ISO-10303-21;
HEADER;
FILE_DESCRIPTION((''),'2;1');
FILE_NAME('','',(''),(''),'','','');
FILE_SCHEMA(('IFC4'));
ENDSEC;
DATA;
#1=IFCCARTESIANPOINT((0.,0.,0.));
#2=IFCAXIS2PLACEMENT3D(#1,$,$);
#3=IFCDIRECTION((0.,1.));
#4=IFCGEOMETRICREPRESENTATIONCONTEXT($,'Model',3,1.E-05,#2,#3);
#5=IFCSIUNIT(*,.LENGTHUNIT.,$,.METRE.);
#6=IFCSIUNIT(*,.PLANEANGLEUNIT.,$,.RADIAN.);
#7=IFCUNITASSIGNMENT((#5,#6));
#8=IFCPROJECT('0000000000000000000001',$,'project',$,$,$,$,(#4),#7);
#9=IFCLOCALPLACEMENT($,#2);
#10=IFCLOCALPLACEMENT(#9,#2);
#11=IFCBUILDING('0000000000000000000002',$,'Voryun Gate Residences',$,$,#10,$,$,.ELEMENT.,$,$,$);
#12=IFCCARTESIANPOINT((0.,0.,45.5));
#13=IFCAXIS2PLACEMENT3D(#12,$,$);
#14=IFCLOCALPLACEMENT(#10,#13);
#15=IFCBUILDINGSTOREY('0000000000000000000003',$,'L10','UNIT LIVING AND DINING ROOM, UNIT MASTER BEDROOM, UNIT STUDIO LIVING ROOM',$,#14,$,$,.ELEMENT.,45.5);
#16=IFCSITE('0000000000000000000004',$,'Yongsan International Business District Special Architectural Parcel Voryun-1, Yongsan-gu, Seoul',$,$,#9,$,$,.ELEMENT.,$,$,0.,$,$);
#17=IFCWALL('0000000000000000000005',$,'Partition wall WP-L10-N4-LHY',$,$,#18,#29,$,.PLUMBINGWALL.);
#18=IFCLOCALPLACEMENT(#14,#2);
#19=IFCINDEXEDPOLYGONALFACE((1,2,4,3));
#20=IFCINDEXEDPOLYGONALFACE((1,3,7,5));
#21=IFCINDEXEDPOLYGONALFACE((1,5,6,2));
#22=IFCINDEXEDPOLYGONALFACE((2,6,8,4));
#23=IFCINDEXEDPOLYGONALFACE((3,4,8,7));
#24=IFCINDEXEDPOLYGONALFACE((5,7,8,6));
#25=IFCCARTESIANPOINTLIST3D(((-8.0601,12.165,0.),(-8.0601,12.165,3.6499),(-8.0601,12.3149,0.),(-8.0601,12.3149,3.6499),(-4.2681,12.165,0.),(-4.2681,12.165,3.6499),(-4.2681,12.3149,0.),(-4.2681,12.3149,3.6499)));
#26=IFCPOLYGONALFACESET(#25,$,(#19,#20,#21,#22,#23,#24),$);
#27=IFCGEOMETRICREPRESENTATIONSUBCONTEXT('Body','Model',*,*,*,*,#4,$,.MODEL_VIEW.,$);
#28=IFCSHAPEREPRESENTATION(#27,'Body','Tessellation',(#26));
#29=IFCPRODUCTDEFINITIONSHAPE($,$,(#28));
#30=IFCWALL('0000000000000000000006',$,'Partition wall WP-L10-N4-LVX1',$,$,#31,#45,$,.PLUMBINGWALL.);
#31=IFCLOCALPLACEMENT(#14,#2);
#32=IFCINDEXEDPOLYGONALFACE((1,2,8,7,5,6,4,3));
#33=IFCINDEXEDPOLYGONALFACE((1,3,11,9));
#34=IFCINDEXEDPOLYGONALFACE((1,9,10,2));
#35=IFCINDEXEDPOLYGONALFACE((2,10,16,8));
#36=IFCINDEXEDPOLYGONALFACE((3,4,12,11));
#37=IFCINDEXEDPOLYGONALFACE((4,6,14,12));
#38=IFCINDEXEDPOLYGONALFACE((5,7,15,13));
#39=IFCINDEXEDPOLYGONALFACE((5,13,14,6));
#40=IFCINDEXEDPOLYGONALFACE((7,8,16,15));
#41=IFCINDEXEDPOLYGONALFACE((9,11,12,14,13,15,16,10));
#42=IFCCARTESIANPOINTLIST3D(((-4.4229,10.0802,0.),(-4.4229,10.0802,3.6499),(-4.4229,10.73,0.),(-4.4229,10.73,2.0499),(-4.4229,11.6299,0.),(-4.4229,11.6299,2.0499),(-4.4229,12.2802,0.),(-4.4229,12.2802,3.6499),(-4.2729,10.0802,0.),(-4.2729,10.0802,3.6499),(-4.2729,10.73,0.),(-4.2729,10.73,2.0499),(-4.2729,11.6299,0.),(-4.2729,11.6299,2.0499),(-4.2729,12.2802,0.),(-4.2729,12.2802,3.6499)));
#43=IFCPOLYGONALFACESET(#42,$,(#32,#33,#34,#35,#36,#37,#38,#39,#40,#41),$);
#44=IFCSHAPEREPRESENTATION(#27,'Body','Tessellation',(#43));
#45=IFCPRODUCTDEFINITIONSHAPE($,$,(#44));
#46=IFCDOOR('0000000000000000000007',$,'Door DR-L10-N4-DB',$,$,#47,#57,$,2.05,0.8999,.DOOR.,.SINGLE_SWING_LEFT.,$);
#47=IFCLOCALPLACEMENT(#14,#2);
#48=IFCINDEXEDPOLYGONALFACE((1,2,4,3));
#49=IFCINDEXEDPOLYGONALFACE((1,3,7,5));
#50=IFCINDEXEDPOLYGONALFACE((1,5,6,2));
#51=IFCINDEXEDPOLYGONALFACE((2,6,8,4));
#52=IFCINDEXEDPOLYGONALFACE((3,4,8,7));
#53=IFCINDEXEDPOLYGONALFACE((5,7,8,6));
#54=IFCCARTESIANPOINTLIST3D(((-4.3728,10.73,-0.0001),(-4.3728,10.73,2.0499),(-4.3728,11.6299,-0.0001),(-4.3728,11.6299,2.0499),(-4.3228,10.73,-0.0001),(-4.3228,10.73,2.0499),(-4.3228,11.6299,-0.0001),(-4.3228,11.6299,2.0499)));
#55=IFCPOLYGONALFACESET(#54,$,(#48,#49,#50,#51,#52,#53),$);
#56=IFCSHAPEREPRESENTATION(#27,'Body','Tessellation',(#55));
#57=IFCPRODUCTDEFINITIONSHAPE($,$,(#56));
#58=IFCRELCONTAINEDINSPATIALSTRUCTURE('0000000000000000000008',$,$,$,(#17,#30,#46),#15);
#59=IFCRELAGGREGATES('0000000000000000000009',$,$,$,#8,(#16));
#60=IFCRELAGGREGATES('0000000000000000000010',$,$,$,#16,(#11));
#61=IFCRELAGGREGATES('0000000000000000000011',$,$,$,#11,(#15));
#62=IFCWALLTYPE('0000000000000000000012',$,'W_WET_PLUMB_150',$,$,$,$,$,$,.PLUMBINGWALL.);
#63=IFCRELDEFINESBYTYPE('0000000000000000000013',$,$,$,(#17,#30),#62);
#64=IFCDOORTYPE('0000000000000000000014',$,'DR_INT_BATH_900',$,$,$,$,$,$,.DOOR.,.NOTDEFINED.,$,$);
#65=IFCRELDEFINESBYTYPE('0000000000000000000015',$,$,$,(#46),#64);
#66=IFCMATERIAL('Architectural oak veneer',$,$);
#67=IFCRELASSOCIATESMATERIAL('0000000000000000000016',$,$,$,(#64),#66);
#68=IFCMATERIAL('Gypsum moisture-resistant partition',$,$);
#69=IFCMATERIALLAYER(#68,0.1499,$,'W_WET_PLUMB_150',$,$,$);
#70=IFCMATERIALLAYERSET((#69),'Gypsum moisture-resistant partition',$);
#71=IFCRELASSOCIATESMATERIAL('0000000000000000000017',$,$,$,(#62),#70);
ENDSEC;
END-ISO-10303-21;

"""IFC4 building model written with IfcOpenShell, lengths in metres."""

from ifc_helpers import new_model, si_unit, direction, frame, frame_2d, origin, place, context, subcontext, project, spatial, rectangle, extrude, material, layer, layer_set, type_object, element, fill, save


model = new_model("IFC4")

# Units and contexts
model_context = context("Model", 3, precision=1e-05, world=origin(), true_north=direction((0.0, 1.0)))
body_context = subcontext(model_context, "Body", "Model", "MODEL_VIEW")
ifc_project = project(units=[si_unit("LENGTHUNIT", "METRE"), si_unit("PLANEANGLEUNIT", "RADIAN")], contexts=[model_context])

# Site, building, storey
site_placement = place(None, origin())
site = spatial("IfcSite", under=ifc_project, at=site_placement, Name="Yongsan International Business District Special Architectural Parcel Voryun-1, Yongsan-gu, Seoul", CompositionType="ELEMENT", RefElevation=0.0)
building_placement = place(site_placement, origin())
building = spatial("IfcBuilding", under=site, at=building_placement, Name="Voryun Gate Residences", CompositionType="ELEMENT")
storey_placement = place(building_placement, frame((0.0, 0.0, 45.5)))
storey = spatial("IfcBuildingStorey", under=building, at=storey_placement, Name="L10", Description="UNIT LIVING AND DINING ROOM, UNIT MASTER BEDROOM, UNIT STUDIO LIVING ROOM", CompositionType="ELEMENT", Elevation=45.5)

# Shared definitions
ifc_material_1 = material(Name="Architectural oak veneer")
door_type_1 = type_object("IfcDoorType", Name="DR_INT_BATH_900", OperationType="NOTDEFINED", PredefinedType="DOOR", material=ifc_material_1)

# Shared definitions
ifc_material_2 = material(Name="Gypsum moisture-resistant partition")
ifc_layer_1 = layer(ifc_material_2, 0.1499, Name="W_WET_PLUMB_150")
ifc_layer_set_1 = layer_set([ifc_layer_1], Name="Gypsum moisture-resistant partition")
wall_type_1 = type_object("IfcWallType", Name="W_WET_PLUMB_150", PredefinedType="PLUMBINGWALL", material=ifc_layer_set_1)

# Wall
wall_1_placement = place(storey_placement, frame((-8.0601, 12.24, 0.0), z_axis=(0.0, 0.0, 1.0), x_axis=(1.0, 0.0, 0.0)))
element("IfcWall", 1, at=wall_1_placement, inside=storey, type_object=wall_type_1, Name="Partition wall WP-L10-N4-LHY", PredefinedType="PLUMBINGWALL", context=body_context, shape_type="SweptSolid", body=[
    extrude(rectangle(XDim=3.792, YDim=0.1499, at=frame_2d((1.896, 0.0))), origin(), (0.0, 0.0, 1.0), 3.6499),
])

# Wall, opening, door
wall_2_placement = place(storey_placement, frame((-4.3479, 10.0801, 0.0), z_axis=(0.0, 0.0, 1.0), x_axis=(0.0, 1.0, 0.0)))
wall_2 = element("IfcWall", 2, at=wall_2_placement, inside=storey, type_object=wall_type_1, Name="Partition wall WP-L10-N4-LVX1", PredefinedType="PLUMBINGWALL", context=body_context, shape_type="SweptSolid", body=[
    extrude(rectangle(XDim=2.2, YDim=0.1499, at=frame_2d((1.1001, 0.0))), origin(), (0.0, 0.0, 1.0), 3.6499),
])
opening_1_placement = place(wall_2_placement, frame((0.6499, 0.0, 0.0)))
opening_1 = element("IfcOpeningElement", 3, at=opening_1_placement, cuts=wall_2, PredefinedType="OPENING", context=body_context, shape_type="SweptSolid", body=[
    extrude(rectangle(XDim=0.8999, YDim=2.05, at=frame_2d((0.45, 1.0249))), frame((0.0, 0.085, 0.0), z_axis=(0.0, -1.0, 0.0), x_axis=(1.0, 0.0, 0.0)), (0.0, 0.0, 1.0), 0.1699),
])
door_1_placement = place(opening_1_placement, origin())
door_1 = element("IfcDoor", 4, at=door_1_placement, inside=storey, type_object=door_type_1, Name="Door DR-L10-N4-DB", OperationType="SINGLE_SWING_LEFT", OverallHeight=2.05, OverallWidth=0.8999, PredefinedType="DOOR", context=body_context, shape_type="SweptSolid", body=[
    extrude(rectangle(XDim=0.8999, YDim=2.05, at=frame_2d((0.45, 1.0249))), frame((0.0, 0.0249, 0.0), z_axis=(0.0, -1.0, 0.0), x_axis=(1.0, 0.0, 0.0)), (0.0, 0.0, 1.0), 0.05),
])
fill(opening_1, door_1)

save(model, "model.ifc")
